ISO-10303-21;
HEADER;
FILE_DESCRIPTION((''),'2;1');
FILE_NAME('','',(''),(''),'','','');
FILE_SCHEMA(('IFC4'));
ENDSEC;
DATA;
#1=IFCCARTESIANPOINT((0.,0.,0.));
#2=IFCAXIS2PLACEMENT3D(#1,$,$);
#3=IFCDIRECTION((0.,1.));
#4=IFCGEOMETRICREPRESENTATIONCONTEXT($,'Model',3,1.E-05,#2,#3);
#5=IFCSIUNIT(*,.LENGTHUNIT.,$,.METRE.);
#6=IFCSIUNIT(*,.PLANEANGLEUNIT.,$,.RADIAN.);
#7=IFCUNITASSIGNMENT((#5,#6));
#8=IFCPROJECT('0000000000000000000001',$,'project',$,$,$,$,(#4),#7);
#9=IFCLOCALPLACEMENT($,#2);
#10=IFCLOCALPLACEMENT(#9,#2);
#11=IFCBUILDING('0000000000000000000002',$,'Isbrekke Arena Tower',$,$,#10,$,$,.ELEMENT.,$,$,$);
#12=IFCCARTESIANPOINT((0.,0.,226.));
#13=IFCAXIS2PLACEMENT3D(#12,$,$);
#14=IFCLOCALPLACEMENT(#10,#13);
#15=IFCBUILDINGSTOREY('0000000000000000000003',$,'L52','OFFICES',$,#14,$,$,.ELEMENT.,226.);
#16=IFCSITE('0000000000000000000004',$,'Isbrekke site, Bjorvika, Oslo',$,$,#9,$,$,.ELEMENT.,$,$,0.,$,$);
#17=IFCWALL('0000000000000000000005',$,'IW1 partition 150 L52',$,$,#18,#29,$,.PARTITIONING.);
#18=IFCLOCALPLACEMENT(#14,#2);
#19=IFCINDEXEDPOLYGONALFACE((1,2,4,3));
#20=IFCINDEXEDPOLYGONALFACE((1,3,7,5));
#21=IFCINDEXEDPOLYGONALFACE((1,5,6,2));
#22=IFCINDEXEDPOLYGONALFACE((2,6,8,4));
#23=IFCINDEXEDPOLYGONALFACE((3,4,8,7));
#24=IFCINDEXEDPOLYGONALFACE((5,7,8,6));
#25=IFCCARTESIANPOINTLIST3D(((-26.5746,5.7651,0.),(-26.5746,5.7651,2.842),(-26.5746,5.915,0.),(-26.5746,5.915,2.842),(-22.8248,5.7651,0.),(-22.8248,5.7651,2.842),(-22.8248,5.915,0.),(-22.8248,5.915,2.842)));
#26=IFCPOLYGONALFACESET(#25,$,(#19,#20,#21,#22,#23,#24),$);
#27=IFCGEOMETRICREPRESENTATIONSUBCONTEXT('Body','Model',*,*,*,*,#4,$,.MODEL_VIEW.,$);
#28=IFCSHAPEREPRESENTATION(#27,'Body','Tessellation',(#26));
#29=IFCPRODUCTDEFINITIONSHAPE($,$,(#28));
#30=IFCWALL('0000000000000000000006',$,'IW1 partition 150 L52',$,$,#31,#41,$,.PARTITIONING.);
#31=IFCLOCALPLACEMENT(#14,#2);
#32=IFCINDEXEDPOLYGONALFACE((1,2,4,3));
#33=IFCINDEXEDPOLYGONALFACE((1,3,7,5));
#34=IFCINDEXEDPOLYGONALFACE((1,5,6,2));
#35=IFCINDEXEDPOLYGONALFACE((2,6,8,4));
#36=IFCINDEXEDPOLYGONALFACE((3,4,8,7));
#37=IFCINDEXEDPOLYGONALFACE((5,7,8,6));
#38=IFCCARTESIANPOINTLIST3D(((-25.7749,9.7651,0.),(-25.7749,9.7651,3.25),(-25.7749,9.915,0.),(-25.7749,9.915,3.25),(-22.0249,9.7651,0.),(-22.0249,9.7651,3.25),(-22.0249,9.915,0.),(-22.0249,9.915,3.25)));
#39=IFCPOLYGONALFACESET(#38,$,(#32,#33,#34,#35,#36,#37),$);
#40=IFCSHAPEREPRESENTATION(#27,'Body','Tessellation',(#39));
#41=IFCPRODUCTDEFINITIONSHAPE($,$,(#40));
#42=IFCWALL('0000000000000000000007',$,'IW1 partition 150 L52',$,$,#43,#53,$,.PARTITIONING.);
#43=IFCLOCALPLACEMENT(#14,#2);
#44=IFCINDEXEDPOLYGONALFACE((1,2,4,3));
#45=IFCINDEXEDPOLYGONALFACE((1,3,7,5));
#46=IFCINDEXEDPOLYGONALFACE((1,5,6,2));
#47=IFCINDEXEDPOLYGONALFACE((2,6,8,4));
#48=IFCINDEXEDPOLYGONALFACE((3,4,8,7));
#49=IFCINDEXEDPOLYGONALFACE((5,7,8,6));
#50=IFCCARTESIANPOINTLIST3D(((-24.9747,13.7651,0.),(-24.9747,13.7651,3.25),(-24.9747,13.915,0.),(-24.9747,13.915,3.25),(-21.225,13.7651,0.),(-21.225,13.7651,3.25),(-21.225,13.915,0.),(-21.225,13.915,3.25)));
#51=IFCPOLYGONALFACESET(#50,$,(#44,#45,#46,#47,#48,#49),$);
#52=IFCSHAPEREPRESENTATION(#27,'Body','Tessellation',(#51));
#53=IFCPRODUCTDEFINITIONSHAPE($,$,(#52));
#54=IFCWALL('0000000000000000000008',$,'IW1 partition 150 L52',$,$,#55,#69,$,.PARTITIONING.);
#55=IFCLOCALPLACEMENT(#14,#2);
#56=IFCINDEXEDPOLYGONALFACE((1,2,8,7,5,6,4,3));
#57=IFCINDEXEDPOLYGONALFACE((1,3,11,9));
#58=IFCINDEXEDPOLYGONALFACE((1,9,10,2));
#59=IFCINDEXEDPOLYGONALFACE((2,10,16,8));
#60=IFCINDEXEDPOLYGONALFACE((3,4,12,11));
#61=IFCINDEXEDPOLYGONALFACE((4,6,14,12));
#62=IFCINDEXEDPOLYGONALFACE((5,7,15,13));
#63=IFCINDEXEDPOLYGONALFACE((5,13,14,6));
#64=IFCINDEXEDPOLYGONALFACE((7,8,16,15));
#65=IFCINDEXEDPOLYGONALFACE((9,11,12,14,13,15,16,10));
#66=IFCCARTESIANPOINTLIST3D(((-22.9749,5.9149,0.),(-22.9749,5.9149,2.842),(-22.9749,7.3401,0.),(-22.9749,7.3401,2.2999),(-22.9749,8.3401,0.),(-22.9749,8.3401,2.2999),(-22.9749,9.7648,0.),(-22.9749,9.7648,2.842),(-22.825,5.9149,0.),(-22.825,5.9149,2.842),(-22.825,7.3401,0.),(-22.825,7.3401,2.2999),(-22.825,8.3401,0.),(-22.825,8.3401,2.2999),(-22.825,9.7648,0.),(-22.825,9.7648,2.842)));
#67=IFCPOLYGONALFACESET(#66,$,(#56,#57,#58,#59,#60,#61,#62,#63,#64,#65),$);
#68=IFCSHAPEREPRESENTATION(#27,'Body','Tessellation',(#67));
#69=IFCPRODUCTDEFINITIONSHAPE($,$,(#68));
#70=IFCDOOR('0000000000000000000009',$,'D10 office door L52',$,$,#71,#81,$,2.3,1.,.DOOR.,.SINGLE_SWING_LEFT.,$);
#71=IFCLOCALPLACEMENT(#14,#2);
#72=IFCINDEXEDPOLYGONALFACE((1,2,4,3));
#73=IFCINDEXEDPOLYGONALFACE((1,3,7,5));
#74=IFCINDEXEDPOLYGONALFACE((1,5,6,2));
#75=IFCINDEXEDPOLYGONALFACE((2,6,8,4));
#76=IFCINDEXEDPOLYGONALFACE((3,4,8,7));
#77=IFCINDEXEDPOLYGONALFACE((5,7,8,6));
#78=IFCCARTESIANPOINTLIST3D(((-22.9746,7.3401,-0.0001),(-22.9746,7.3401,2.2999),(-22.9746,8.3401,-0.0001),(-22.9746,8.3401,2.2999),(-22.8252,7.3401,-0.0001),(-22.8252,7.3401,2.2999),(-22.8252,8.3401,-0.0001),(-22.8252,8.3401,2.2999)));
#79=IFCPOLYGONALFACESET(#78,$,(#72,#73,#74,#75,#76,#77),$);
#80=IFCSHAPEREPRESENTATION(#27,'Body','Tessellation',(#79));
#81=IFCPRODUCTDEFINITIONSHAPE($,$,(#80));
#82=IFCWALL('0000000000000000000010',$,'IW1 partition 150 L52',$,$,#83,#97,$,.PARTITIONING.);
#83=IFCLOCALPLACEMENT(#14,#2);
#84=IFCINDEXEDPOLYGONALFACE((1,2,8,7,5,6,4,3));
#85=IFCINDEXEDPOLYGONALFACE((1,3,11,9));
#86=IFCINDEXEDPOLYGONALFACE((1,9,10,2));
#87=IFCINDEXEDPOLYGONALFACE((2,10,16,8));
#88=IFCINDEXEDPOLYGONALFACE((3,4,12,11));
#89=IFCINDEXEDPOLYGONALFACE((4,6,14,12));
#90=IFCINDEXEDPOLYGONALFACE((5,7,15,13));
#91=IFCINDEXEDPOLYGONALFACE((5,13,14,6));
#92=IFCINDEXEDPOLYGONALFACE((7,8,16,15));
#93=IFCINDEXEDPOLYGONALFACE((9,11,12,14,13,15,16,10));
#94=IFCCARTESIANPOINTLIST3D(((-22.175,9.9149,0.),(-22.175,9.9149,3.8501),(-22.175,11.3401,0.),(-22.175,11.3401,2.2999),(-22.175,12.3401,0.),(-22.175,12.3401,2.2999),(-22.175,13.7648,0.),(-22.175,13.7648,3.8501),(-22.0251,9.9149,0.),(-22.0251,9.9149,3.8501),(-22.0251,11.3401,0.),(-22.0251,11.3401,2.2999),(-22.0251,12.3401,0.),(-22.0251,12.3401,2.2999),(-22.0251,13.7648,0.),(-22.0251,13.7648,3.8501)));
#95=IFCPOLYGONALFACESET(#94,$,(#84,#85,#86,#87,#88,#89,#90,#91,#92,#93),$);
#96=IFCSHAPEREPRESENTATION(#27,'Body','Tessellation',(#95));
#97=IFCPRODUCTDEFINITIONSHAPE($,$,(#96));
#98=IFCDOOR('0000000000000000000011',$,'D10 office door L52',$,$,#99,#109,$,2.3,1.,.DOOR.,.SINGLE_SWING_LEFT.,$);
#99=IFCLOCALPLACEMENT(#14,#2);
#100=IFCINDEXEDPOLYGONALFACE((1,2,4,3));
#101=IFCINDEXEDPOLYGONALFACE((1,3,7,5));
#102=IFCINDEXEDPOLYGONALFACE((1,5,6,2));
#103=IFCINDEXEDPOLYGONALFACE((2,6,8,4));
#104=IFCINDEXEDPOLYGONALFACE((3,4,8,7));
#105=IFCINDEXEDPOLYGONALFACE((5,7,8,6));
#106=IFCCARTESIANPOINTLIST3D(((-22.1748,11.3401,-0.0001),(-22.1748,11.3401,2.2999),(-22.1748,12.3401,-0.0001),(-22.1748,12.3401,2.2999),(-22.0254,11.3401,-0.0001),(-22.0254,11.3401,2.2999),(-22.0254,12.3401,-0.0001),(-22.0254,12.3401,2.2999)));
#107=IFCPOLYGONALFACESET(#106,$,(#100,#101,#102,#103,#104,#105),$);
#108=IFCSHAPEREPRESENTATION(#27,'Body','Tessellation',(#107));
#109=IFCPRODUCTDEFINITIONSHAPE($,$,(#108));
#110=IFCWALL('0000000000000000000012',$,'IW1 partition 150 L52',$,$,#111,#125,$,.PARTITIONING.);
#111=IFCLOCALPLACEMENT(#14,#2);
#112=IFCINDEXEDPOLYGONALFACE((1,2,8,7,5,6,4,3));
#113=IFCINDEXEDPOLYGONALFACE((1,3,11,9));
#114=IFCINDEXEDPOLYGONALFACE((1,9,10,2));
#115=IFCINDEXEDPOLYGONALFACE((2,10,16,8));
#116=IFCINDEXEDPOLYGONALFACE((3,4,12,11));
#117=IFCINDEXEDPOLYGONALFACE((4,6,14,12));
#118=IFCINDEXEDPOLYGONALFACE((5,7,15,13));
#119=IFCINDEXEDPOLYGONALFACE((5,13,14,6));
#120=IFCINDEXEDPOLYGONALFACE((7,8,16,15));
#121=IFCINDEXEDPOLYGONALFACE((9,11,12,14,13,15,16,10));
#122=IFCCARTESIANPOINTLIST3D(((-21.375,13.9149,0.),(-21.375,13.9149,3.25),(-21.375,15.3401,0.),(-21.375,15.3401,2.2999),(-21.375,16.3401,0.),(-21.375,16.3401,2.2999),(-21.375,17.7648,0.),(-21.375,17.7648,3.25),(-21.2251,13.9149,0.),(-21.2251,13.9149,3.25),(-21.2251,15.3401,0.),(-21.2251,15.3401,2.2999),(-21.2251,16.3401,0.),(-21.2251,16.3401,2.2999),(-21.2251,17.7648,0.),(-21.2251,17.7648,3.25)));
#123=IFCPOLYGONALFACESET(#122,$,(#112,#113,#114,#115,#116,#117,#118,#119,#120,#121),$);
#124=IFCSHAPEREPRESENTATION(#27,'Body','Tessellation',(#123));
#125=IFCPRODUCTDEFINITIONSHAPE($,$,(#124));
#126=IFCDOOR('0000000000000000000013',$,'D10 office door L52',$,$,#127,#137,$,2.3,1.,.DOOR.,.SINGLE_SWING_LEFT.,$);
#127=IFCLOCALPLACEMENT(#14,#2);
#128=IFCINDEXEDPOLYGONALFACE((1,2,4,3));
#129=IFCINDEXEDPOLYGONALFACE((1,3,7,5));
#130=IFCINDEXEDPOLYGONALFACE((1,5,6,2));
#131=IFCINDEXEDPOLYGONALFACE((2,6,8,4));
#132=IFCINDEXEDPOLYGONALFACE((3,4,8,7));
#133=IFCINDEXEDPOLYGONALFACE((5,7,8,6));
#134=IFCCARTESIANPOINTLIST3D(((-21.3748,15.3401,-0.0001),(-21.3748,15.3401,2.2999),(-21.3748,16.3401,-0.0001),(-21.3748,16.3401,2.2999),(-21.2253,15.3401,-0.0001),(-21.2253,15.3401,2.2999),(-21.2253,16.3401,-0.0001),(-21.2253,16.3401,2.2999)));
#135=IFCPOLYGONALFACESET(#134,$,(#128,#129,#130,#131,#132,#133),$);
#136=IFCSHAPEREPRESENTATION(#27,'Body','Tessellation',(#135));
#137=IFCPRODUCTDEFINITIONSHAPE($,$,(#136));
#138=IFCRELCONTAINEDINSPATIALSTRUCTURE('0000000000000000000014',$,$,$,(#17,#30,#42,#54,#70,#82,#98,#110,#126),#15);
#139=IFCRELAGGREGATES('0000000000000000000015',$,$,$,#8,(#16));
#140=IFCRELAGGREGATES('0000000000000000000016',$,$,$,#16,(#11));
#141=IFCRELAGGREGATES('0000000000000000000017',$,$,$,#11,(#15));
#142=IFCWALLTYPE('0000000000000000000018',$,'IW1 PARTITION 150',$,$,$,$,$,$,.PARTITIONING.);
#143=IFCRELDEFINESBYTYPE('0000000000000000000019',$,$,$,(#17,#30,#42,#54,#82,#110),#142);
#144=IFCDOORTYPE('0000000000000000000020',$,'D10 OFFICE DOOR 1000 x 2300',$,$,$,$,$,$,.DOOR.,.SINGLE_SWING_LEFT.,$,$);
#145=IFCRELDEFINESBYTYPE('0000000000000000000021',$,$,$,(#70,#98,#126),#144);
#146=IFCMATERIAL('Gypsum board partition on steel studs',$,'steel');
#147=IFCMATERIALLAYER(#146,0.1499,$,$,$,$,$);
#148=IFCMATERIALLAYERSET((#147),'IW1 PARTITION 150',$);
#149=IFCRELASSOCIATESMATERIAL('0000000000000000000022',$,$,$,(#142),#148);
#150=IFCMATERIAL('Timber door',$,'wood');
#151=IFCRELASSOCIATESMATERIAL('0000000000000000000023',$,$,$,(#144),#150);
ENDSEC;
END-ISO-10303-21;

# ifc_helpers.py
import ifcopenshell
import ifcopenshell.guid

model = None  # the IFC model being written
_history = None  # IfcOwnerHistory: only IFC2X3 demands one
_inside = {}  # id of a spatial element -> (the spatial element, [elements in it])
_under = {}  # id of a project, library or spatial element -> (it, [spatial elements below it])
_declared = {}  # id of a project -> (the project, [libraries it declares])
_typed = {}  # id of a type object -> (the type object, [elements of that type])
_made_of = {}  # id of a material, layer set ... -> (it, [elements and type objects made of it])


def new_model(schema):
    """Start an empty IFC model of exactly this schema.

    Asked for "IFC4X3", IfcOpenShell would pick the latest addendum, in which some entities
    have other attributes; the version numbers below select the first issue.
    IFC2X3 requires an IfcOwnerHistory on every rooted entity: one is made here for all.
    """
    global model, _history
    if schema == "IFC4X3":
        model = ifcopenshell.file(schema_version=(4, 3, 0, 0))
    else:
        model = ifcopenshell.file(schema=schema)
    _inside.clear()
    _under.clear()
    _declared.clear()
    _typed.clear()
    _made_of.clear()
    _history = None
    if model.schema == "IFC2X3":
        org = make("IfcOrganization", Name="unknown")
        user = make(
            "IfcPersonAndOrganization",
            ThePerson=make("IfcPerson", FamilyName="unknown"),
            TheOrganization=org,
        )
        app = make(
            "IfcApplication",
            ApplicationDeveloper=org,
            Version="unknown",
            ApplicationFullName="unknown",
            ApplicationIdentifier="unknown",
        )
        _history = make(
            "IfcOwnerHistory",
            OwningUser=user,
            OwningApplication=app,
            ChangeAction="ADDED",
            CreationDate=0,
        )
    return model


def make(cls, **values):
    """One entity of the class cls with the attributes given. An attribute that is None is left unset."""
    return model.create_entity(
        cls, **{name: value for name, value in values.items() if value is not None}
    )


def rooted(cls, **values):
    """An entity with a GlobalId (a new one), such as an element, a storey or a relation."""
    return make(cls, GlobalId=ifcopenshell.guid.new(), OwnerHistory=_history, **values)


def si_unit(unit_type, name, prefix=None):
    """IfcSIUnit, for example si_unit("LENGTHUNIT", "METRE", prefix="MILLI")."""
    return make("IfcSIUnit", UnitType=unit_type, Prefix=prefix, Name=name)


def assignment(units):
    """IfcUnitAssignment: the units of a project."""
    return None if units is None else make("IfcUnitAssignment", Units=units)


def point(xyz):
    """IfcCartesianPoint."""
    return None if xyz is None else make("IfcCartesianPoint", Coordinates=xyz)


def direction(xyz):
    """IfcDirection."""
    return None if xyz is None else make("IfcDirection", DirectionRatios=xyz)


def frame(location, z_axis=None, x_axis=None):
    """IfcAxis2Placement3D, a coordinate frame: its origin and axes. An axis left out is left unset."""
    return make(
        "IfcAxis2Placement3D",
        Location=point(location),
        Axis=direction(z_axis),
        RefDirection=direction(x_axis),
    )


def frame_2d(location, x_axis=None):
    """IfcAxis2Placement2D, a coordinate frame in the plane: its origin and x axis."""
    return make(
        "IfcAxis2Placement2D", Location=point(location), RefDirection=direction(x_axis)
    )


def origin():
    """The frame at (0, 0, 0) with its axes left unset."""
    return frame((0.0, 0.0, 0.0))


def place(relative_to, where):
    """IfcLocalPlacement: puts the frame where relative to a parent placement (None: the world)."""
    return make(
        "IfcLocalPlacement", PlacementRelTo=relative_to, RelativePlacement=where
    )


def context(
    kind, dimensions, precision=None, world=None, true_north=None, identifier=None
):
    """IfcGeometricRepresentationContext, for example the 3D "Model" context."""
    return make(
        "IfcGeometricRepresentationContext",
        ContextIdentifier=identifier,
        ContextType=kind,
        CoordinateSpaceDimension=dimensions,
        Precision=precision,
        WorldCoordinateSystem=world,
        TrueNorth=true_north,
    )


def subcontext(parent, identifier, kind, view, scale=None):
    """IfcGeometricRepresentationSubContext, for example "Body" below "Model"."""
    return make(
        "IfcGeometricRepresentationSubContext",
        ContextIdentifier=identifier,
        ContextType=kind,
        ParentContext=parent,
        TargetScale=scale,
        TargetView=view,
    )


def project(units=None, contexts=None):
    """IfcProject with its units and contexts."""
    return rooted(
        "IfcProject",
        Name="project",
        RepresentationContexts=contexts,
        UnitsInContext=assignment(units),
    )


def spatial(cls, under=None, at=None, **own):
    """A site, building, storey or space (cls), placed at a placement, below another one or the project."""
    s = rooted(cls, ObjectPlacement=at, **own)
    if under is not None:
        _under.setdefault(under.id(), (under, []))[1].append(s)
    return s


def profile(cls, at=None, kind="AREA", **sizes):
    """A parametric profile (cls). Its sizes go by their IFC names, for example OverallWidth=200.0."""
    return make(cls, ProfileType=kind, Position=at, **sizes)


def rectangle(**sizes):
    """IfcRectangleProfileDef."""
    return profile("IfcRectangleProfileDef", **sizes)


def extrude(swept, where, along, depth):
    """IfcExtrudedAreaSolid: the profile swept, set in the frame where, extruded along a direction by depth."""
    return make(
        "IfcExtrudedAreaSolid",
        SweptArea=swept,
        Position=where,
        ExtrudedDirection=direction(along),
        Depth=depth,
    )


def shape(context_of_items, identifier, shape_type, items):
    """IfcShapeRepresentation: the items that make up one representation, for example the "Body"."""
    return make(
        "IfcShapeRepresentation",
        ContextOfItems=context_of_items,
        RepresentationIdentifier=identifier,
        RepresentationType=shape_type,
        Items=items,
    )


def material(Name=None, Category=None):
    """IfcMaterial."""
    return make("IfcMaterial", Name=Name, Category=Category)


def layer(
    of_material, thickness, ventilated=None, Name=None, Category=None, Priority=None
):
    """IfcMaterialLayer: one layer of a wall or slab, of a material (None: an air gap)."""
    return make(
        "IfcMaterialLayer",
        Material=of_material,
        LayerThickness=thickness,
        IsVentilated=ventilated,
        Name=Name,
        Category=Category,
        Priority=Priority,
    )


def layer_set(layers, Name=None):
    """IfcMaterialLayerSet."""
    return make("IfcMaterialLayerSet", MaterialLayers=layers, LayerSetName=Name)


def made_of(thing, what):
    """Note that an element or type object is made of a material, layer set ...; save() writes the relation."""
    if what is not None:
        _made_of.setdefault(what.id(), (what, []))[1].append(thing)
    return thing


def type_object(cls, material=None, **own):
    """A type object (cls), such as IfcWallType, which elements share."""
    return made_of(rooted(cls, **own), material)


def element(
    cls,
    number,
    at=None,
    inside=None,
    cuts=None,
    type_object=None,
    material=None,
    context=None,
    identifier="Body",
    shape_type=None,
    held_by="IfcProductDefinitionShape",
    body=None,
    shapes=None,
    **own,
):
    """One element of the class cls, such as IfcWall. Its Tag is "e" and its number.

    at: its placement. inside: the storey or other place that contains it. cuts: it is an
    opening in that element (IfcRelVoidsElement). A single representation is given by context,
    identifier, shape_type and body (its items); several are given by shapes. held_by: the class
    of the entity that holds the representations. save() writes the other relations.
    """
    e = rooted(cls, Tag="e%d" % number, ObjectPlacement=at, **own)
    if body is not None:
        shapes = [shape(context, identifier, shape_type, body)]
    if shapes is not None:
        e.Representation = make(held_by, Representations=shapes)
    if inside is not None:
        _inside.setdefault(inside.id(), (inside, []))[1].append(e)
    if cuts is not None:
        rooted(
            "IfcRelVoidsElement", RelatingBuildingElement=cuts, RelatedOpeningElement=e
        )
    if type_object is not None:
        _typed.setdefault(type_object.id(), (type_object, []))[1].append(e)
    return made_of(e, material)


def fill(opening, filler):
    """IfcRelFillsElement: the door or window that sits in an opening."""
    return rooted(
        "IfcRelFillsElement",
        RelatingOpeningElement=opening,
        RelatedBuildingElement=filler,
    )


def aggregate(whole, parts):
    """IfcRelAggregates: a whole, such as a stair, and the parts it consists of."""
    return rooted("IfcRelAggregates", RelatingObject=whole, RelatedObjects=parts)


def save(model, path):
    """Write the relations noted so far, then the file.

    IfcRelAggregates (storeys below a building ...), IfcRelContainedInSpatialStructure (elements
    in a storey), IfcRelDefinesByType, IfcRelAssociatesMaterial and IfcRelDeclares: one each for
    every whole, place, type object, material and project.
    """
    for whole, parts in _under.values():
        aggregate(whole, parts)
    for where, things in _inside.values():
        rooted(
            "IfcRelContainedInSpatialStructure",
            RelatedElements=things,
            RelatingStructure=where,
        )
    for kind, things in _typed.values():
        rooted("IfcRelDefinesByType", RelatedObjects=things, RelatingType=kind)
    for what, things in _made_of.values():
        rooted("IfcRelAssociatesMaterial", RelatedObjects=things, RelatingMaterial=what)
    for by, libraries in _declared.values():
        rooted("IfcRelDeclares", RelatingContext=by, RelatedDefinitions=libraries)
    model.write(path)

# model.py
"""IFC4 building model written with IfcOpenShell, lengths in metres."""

from ifc_helpers import new_model, si_unit, direction, frame, frame_2d, origin, place, context, subcontext, project, spatial, rectangle, extrude, material, layer, layer_set, type_object, element, fill, save


model = new_model("IFC4")

# Units and contexts
model_context = context("Model", 3, precision=1e-05, world=origin(), true_north=direction((0.0, 1.0)))
body_context = subcontext(model_context, "Body", "Model", "MODEL_VIEW")
ifc_project = project(units=[si_unit("LENGTHUNIT", "METRE"), si_unit("PLANEANGLEUNIT", "RADIAN")], contexts=[model_context])

# Site, building, storey
site_placement = place(None, origin())
site = spatial("IfcSite", under=ifc_project, at=site_placement, Name="Isbrekke site, Bjorvika, Oslo", CompositionType="ELEMENT", RefElevation=0.0)
building_placement = place(site_placement, origin())
building = spatial("IfcBuilding", under=site, at=building_placement, Name="Isbrekke Arena Tower", CompositionType="ELEMENT")
storey_placement = place(building_placement, frame((0.0, 0.0, 226.0)))
storey = spatial("IfcBuildingStorey", under=building, at=storey_placement, Name="L52", Description="OFFICES", CompositionType="ELEMENT", Elevation=226.0)

# Walls
ifc_material_1 = material(Name="Gypsum board partition on steel studs", Category="steel")
ifc_layer_1 = layer(ifc_material_1, 0.1499)
ifc_layer_set_1 = layer_set([ifc_layer_1], Name="IW1 PARTITION 150")
wall_type = type_object("IfcWallType", Name="IW1 PARTITION 150", PredefinedType="PARTITIONING", material=ifc_layer_set_1)
wall_1_placement = place(storey_placement, frame((-26.5747, 5.8401, 0.0), z_axis=(0.0, 0.0, 1.0), x_axis=(1.0, 0.0, 0.0)))
element("IfcWall", 1, at=wall_1_placement, inside=storey, type_object=wall_type, Name="IW1 partition 150 L52", PredefinedType="PARTITIONING", context=body_context, shape_type="SweptSolid", body=[
    extrude(rectangle(XDim=3.7498, YDim=0.1499, at=frame_2d((1.875, 0.0))), origin(), (0.0, 0.0, 1.0), 2.842),
])
wall_2_placement = place(storey_placement, frame((-25.7749, 9.8401, 0.0), z_axis=(0.0, 0.0, 1.0), x_axis=(1.0, 0.0, 0.0)))
element("IfcWall", 2, at=wall_2_placement, inside=storey, type_object=wall_type, Name="IW1 partition 150 L52", PredefinedType="PARTITIONING", context=body_context, shape_type="SweptSolid", body=[
    extrude(rectangle(XDim=3.75, YDim=0.1499, at=frame_2d((1.875, 0.0))), origin(), (0.0, 0.0, 1.0), 3.25),
])
wall_3_placement = place(storey_placement, frame((-24.9749, 13.8401, 0.0), z_axis=(0.0, 0.0, 1.0), x_axis=(1.0, 0.0, 0.0)))
element("IfcWall", 3, at=wall_3_placement, inside=storey, type_object=wall_type, Name="IW1 partition 150 L52", PredefinedType="PARTITIONING", context=body_context, shape_type="SweptSolid", body=[
    extrude(rectangle(XDim=3.7498, YDim=0.1499, at=frame_2d((1.875, 0.0))), origin(), (0.0, 0.0, 1.0), 3.25),
])

# Walls, openings, doors
wall_4_placement = place(storey_placement, frame((-22.8999, 5.915, 0.0), z_axis=(0.0, 0.0, 1.0), x_axis=(0.0, 1.0, 0.0)))
wall_4 = element("IfcWall", 4, at=wall_4_placement, inside=storey, type_object=wall_type, Name="IW1 partition 150 L52", PredefinedType="PARTITIONING", context=body_context, shape_type="SweptSolid", body=[
    extrude(rectangle(XDim=3.8499, YDim=0.1499, at=frame_2d((1.9248, 0.0))), origin(), (0.0, 0.0, 1.0), 2.842),
])
opening_1_placement = place(wall_4_placement, frame((1.425, 0.0, 0.0)))
opening_1 = element("IfcOpeningElement", 5, at=opening_1_placement, cuts=wall_4, PredefinedType="OPENING", context=body_context, shape_type="SweptSolid", body=[
    extrude(rectangle(XDim=1.0, YDim=2.3, at=frame_2d((0.5, 1.1499))), frame((0.0, 0.0898, 0.0), z_axis=(0.0, -1.0, 0.0), x_axis=(1.0, 0.0, 0.0)), (0.0, 0.0, 1.0), 0.1797),
])
ifc_material_2 = material(Name="Timber door", Category="wood")
door_type = type_object("IfcDoorType", Name="D10 OFFICE DOOR 1000 x 2300", OperationType="SINGLE_SWING_LEFT", PredefinedType="DOOR", material=ifc_material_2)
door_1_placement = place(opening_1_placement, origin())
door_1 = element("IfcDoor", 6, at=door_1_placement, inside=storey, type_object=door_type, Name="D10 office door L52", OperationType="SINGLE_SWING_LEFT", OverallHeight=2.3, OverallWidth=1.0, PredefinedType="DOOR", context=body_context, shape_type="SweptSolid", body=[
    extrude(rectangle(XDim=1.0, YDim=2.3, at=frame_2d((0.5, 1.1499))), frame((0.0, 0.0747, 0.0), z_axis=(0.0, -1.0, 0.0), x_axis=(1.0, 0.0, 0.0)), (0.0, 0.0, 1.0), 0.1494),
])
fill(opening_1, door_1)
wall_5_placement = place(storey_placement, frame((-22.1001, 9.915, 0.0), z_axis=(0.0, 0.0, 1.0), x_axis=(0.0, 1.0, 0.0)))
wall_5 = element("IfcWall", 7, at=wall_5_placement, inside=storey, type_object=wall_type, Name="IW1 partition 150 L52", PredefinedType="PARTITIONING", context=body_context, shape_type="SweptSolid", body=[
    extrude(rectangle(XDim=3.8499, YDim=0.1499, at=frame_2d((1.9248, 0.0))), origin(), (0.0, 0.0, 1.0), 3.8501),
])
opening_2_placement = place(wall_5_placement, frame((1.425, 0.0, 0.0)))
opening_2 = element("IfcOpeningElement", 8, at=opening_2_placement, cuts=wall_5, PredefinedType="OPENING", context=body_context, shape_type="SweptSolid", body=[
    extrude(rectangle(XDim=1.0, YDim=2.3, at=frame_2d((0.5, 1.1499))), frame((0.0, 0.0898, 0.0), z_axis=(0.0, -1.0, 0.0), x_axis=(1.0, 0.0, 0.0)), (0.0, 0.0, 1.0), 0.1797),
])
door_2_placement = place(opening_2_placement, origin())
door_2 = element("IfcDoor", 9, at=door_2_placement, inside=storey, type_object=door_type, Name="D10 office door L52", OperationType="SINGLE_SWING_LEFT", OverallHeight=2.3, OverallWidth=1.0, PredefinedType="DOOR", context=body_context, shape_type="SweptSolid", body=[
    extrude(rectangle(XDim=1.0, YDim=2.3, at=frame_2d((0.5, 1.1499))), frame((0.0, 0.0747, 0.0), z_axis=(0.0, -1.0, 0.0), x_axis=(1.0, 0.0, 0.0)), (0.0, 0.0, 1.0), 0.1494),
])
fill(opening_2, door_2)
wall_6_placement = place(storey_placement, frame((-21.3, 13.915, 0.0), z_axis=(0.0, 0.0, 1.0), x_axis=(0.0, 1.0, 0.0)))
wall_6 = element("IfcWall", 10, at=wall_6_placement, inside=storey, type_object=wall_type, Name="IW1 partition 150 L52", PredefinedType="PARTITIONING", context=body_context, shape_type="SweptSolid", body=[
    extrude(rectangle(XDim=3.8499, YDim=0.1499, at=frame_2d((1.9248, 0.0))), origin(), (0.0, 0.0, 1.0), 3.25),
])
opening_3_placement = place(wall_6_placement, frame((1.425, 0.0, 0.0)))
opening_3 = element("IfcOpeningElement", 11, at=opening_3_placement, cuts=wall_6, PredefinedType="OPENING", context=body_context, shape_type="SweptSolid", body=[
    extrude(rectangle(XDim=1.0, YDim=2.3, at=frame_2d((0.5, 1.1499))), frame((0.0, 0.0898, 0.0), z_axis=(0.0, -1.0, 0.0), x_axis=(1.0, 0.0, 0.0)), (0.0, 0.0, 1.0), 0.1797),
])
door_3_placement = place(opening_3_placement, origin())
door_3 = element("IfcDoor", 12, at=door_3_placement, inside=storey, type_object=door_type, Name="D10 office door L52", OperationType="SINGLE_SWING_LEFT", OverallHeight=2.3, OverallWidth=1.0, PredefinedType="DOOR", context=body_context, shape_type="SweptSolid", body=[
    extrude(rectangle(XDim=1.0, YDim=2.3, at=frame_2d((0.5, 1.1499))), frame((0.0, 0.0747, 0.0), z_axis=(0.0, -1.0, 0.0), x_axis=(1.0, 0.0, 0.0)), (0.0, 0.0, 1.0), 0.1494),
])
fill(opening_3, door_3)

save(model, "model.ifc")
